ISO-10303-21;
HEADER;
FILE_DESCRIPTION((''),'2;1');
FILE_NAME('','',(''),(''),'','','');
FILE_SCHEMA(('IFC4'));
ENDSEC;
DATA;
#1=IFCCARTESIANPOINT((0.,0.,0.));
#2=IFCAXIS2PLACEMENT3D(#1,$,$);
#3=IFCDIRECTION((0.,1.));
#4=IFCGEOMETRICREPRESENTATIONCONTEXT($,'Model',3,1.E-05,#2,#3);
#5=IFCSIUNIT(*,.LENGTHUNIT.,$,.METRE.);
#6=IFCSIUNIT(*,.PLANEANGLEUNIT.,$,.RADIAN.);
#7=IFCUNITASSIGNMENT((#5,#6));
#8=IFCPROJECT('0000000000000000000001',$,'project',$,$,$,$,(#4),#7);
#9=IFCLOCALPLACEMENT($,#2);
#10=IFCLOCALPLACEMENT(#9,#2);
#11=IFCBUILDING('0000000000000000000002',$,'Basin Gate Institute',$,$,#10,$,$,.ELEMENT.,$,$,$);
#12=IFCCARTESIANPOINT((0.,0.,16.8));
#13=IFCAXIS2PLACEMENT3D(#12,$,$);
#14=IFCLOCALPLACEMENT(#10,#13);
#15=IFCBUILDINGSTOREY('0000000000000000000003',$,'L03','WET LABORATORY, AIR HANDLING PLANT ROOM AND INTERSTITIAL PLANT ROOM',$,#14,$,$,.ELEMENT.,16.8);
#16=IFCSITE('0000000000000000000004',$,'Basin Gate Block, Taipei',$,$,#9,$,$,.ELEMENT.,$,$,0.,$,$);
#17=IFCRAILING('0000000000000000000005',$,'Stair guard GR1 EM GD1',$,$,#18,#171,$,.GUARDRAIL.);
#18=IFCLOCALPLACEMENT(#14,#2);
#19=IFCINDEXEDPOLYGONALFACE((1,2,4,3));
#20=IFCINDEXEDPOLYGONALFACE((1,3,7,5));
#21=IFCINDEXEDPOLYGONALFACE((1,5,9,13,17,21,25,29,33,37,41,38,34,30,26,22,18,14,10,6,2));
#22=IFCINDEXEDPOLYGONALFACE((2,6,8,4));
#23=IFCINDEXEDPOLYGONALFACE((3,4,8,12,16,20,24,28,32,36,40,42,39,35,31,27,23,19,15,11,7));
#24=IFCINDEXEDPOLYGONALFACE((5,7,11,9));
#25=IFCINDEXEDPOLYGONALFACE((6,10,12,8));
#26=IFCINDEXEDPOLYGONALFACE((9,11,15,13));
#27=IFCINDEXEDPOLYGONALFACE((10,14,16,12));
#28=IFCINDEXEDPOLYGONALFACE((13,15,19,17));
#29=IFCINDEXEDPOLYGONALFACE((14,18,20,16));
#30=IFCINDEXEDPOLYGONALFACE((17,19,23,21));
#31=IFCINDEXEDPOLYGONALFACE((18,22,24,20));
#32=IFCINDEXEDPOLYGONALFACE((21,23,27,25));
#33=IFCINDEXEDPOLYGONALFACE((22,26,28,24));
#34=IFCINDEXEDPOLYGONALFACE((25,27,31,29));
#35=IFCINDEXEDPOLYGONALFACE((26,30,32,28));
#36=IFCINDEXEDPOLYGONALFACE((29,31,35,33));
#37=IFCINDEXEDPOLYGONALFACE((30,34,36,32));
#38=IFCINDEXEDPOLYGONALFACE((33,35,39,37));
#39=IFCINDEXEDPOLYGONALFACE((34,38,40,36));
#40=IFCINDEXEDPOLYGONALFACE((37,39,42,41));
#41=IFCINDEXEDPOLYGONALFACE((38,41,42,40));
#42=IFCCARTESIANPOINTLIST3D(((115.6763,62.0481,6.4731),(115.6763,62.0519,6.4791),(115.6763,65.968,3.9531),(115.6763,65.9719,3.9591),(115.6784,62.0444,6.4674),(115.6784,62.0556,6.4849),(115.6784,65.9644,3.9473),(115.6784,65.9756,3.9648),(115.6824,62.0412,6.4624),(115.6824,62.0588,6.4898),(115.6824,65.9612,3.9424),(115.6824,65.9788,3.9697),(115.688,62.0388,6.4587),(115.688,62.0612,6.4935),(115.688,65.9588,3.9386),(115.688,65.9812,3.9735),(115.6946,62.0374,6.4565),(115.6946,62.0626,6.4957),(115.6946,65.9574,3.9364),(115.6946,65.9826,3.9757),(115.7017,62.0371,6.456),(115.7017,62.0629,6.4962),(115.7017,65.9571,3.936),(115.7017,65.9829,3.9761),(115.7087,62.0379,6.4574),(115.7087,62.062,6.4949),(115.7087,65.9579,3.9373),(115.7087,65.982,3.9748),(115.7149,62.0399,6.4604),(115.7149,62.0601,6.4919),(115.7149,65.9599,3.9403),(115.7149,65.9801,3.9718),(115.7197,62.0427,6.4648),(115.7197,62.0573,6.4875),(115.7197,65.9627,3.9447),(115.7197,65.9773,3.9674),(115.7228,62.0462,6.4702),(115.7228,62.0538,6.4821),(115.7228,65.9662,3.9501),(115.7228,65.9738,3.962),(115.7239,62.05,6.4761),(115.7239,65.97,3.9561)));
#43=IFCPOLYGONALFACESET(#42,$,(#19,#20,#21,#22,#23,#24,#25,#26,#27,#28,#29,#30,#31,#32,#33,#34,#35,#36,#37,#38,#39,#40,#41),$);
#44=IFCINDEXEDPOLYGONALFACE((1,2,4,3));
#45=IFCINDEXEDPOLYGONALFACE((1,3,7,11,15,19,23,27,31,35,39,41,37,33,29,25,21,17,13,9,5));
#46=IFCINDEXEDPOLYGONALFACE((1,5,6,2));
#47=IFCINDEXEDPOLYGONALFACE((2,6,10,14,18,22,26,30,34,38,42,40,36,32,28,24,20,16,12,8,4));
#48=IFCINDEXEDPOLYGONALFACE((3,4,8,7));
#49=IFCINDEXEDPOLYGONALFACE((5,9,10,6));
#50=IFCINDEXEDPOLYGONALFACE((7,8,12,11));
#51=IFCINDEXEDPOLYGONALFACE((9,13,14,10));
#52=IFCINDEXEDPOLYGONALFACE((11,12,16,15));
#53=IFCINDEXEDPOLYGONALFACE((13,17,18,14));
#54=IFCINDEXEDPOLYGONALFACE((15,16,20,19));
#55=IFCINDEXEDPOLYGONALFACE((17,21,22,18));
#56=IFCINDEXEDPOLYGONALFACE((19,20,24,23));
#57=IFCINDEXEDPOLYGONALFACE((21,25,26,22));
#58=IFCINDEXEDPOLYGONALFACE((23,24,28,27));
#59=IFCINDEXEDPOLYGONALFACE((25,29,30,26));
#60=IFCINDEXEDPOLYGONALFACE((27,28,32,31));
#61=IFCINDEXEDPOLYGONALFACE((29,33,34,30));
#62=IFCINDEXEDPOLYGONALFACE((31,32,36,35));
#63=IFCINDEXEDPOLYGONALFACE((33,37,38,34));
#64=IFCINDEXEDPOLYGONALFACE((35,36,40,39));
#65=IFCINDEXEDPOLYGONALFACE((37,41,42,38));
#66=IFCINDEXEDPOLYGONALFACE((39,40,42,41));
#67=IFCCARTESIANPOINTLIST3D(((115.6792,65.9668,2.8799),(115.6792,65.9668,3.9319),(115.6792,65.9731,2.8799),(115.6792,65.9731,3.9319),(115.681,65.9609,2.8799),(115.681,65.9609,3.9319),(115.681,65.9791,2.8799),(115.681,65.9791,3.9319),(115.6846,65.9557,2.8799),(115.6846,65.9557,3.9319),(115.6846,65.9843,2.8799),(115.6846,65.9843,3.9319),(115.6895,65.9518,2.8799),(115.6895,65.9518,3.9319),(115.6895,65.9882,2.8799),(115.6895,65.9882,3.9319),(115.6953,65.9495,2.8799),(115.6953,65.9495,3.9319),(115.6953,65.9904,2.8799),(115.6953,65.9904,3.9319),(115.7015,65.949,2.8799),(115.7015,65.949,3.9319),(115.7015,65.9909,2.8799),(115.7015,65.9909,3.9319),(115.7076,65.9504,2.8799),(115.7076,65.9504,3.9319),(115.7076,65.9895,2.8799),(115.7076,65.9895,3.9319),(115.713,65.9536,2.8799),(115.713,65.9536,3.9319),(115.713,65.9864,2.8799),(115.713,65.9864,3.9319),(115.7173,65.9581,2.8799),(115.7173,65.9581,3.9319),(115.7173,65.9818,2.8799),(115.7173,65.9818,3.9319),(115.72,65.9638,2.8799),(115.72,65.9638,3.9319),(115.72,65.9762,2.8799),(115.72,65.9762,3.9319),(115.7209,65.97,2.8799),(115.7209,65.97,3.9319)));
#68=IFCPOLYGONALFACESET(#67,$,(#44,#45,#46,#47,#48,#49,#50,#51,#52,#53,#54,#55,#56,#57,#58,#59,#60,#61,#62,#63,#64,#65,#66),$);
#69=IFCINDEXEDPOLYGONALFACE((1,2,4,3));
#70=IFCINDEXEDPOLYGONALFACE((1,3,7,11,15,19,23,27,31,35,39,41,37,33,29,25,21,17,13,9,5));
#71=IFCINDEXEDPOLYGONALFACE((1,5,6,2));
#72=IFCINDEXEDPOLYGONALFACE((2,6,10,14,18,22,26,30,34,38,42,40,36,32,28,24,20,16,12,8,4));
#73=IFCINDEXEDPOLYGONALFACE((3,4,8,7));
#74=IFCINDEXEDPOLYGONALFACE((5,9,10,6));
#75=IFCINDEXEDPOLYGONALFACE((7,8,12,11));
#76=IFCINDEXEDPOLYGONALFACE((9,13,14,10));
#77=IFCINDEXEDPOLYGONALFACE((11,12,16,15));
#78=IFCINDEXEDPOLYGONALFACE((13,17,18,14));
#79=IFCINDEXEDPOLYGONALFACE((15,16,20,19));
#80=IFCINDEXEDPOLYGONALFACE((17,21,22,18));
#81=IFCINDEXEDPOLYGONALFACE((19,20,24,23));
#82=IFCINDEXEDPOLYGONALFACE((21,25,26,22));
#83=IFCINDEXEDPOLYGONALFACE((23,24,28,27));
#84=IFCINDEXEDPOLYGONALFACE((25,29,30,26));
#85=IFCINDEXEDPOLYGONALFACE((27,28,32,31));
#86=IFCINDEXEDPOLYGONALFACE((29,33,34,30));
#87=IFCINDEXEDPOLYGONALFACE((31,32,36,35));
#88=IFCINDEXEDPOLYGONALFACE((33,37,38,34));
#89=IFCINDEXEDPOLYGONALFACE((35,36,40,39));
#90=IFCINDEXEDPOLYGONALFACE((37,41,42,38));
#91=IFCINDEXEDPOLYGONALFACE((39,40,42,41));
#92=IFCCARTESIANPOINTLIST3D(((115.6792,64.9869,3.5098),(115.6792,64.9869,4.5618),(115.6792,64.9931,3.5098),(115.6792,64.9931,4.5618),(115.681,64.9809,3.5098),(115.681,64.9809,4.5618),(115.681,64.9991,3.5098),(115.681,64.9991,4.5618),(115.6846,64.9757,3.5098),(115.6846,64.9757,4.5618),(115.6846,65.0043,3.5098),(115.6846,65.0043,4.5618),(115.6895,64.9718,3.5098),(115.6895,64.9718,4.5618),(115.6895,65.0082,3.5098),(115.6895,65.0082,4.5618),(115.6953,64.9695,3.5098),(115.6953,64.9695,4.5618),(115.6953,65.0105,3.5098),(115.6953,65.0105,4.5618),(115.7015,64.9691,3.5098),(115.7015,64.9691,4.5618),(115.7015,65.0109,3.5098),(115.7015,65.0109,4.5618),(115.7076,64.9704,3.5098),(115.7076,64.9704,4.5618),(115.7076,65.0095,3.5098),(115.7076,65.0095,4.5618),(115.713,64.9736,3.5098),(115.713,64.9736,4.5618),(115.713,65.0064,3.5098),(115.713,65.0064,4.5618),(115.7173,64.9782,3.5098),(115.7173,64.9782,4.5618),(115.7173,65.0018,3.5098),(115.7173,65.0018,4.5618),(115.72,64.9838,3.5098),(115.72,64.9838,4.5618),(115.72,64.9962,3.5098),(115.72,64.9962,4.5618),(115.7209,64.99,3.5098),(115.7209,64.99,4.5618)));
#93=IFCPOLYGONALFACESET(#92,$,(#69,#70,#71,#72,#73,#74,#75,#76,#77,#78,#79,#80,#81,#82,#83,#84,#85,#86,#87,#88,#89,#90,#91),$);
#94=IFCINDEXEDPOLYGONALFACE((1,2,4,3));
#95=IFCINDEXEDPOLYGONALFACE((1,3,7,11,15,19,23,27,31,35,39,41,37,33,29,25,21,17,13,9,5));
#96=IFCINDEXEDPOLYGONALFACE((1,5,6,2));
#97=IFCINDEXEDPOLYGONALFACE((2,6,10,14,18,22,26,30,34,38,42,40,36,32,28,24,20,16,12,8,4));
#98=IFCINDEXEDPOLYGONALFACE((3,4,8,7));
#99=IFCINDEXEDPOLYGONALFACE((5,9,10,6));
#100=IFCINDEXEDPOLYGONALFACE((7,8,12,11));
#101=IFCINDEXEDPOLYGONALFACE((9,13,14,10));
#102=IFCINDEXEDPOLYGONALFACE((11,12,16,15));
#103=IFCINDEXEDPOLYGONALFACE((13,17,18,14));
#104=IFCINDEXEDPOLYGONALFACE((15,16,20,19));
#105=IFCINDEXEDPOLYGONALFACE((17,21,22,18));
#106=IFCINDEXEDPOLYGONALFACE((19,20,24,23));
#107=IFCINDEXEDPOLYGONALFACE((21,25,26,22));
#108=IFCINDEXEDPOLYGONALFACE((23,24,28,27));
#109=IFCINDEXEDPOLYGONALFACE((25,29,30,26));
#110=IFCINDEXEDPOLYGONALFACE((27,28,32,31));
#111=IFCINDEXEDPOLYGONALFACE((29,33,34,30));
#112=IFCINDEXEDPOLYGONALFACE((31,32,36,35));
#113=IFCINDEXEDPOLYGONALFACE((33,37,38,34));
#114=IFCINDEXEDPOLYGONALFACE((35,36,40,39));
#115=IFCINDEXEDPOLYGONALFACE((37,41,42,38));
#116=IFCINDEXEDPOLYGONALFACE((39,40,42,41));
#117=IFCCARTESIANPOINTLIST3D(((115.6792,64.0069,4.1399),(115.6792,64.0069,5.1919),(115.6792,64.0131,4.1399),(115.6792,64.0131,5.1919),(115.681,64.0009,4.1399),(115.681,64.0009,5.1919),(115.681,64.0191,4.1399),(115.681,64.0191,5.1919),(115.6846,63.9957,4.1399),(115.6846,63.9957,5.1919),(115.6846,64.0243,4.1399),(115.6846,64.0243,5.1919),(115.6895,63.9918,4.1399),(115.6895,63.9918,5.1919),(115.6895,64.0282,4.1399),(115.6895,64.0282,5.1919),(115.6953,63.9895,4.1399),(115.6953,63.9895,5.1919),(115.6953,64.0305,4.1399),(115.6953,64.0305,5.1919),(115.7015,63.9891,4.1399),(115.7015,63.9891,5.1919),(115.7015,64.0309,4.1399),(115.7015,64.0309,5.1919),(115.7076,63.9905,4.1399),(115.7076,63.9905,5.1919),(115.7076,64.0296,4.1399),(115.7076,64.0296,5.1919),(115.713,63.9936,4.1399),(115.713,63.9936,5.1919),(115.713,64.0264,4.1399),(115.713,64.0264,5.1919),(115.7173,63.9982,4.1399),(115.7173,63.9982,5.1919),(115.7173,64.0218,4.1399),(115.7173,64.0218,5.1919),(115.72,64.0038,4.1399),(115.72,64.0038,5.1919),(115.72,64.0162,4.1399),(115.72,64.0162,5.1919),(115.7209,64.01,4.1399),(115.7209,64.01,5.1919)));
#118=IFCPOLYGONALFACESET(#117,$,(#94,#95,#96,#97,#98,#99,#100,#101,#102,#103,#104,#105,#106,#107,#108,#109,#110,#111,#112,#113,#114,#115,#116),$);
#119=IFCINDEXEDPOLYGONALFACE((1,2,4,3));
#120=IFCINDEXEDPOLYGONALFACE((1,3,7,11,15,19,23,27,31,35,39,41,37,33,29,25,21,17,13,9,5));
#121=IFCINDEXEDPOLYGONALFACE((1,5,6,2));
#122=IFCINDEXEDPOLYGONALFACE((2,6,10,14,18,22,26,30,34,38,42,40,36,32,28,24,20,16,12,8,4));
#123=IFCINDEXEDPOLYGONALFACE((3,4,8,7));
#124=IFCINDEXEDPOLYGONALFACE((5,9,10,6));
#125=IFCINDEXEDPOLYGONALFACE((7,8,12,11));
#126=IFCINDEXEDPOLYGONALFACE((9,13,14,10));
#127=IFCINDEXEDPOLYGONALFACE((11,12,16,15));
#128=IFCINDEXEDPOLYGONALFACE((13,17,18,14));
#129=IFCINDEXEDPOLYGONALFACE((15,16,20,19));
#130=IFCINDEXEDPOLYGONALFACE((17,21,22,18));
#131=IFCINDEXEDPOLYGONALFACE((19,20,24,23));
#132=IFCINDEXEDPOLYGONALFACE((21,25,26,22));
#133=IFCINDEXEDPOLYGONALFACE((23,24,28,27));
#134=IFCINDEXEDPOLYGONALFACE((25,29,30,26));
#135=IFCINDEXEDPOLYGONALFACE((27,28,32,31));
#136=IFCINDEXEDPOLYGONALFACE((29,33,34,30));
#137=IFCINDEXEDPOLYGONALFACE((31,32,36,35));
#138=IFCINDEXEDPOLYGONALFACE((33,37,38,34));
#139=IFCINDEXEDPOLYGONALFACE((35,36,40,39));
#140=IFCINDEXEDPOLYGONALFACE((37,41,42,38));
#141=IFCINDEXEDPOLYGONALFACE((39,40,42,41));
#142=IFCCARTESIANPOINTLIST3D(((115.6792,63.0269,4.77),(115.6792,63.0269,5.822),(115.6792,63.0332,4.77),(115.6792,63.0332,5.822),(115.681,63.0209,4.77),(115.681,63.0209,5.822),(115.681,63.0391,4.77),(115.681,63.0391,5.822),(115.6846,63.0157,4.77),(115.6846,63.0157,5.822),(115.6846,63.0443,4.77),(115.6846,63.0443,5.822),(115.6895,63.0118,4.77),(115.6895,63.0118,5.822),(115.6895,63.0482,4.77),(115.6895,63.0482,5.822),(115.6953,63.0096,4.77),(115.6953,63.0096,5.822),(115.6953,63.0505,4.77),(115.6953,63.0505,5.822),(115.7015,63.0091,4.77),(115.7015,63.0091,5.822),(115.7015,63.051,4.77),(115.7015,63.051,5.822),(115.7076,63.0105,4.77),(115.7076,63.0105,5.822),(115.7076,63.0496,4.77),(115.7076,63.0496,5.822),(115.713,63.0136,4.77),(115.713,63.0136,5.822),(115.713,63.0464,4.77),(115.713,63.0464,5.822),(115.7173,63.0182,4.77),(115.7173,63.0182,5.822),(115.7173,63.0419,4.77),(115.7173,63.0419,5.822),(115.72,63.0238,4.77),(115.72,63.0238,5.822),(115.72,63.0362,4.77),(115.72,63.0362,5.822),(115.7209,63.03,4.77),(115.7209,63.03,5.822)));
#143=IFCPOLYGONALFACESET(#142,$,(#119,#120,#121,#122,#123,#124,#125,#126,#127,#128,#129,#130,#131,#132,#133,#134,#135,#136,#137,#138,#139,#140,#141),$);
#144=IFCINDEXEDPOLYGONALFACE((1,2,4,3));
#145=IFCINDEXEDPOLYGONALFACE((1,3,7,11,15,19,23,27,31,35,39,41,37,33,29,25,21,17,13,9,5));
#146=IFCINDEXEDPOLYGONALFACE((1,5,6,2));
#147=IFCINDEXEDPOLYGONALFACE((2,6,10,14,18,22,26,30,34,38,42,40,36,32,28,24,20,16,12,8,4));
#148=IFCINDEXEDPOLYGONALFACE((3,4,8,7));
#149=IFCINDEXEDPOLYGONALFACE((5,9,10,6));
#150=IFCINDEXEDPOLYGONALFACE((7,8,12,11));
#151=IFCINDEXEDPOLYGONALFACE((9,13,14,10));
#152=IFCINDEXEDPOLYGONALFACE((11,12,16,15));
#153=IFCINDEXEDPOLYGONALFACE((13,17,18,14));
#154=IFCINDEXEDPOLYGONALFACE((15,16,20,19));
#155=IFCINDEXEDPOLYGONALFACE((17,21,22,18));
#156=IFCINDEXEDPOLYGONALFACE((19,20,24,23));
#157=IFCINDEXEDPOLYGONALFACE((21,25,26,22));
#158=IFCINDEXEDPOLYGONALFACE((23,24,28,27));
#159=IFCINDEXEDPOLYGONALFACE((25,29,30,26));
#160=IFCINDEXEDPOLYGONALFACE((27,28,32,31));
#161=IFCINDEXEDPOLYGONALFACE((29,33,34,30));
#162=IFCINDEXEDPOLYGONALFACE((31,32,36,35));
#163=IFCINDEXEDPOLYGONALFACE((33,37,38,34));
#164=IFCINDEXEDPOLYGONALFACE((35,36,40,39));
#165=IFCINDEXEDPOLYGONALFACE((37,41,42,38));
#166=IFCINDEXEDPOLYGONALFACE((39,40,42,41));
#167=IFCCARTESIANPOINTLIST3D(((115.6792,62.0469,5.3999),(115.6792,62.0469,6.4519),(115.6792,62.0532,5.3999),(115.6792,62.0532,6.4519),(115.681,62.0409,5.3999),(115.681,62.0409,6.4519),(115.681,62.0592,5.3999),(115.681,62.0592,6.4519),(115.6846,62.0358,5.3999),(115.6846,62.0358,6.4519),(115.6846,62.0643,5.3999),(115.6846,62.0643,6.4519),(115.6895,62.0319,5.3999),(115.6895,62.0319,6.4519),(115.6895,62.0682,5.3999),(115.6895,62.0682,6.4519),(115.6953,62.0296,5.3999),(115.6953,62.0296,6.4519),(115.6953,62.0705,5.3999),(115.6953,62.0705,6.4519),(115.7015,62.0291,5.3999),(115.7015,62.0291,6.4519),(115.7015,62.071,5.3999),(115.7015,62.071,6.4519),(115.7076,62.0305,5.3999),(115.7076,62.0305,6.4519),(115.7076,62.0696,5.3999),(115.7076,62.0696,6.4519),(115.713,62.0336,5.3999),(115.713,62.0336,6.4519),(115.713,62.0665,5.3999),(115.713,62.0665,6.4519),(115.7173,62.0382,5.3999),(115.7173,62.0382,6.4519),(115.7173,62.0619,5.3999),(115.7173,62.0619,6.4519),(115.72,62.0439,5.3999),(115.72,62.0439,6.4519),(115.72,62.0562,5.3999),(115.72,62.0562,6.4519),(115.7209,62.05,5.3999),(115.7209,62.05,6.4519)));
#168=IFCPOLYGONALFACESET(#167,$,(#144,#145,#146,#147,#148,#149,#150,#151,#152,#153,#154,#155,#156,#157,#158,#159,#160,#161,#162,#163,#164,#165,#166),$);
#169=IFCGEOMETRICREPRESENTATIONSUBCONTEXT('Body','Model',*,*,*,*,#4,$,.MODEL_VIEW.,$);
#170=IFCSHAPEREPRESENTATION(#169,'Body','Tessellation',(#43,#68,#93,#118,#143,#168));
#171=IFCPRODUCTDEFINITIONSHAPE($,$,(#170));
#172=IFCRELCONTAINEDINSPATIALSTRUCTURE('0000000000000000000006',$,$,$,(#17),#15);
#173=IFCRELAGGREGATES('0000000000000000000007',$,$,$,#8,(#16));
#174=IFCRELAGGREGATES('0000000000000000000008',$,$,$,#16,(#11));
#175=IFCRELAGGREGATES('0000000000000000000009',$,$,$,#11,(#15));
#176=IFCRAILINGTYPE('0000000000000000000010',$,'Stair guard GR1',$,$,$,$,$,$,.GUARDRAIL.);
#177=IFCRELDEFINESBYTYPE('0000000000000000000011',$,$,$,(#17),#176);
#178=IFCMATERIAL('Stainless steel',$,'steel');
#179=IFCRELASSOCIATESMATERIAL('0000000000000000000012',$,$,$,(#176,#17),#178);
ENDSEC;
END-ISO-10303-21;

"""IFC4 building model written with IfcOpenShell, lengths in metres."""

from ifc_helpers import new_model, si_unit, direction, frame, origin, origin_2d, place, context, subcontext, project, spatial, circle, extrude, material, type_object, element, save


model = new_model("IFC4")

# Units and contexts
model_context = context("Model", 3, precision=1e-05, world=origin(), true_north=direction((0.0, 1.0)))
body_context = subcontext(model_context, "Body", "Model", "MODEL_VIEW")
ifc_project = project(units=[si_unit("LENGTHUNIT", "METRE"), si_unit("PLANEANGLEUNIT", "RADIAN")], contexts=[model_context])

# Site, building, storey
site_placement = place(None, origin())
site = spatial("IfcSite", under=ifc_project, at=site_placement, Name="Basin Gate Block, Taipei", CompositionType="ELEMENT", RefElevation=0.0)
building_placement = place(site_placement, origin())
building = spatial("IfcBuilding", under=site, at=building_placement, Name="Basin Gate Institute", CompositionType="ELEMENT")
storey_placement = place(building_placement, frame((0.0, 0.0, 16.8)))
storey = spatial("IfcBuildingStorey", under=building, at=storey_placement, Name="L03", Description="WET LABORATORY, AIR HANDLING PLANT ROOM AND INTERSTITIAL PLANT ROOM", CompositionType="ELEMENT", Elevation=16.8)

# Railing
ifc_material_1 = material(Name="Stainless steel", Category="steel")
railing_type_1 = type_object("IfcRailingType", Name="Stair guard GR1", PredefinedType="GUARDRAIL", material=ifc_material_1)
railing_1_placement = place(storey_placement, frame((115.7, 65.97, 2.8799)))
element("IfcRailing", 1, at=railing_1_placement, inside=storey, type_object=railing_type_1, material=ifc_material_1, Name="Stair guard GR1 EM GD1", PredefinedType="GUARDRAIL", context=body_context, shape_type="SweptSolid", body=[
    extrude(circle(Radius=0.0239, at=origin_2d()), frame((0.0, 0.0, 1.0762), z_axis=(0.0, -0.841172, 0.540768), x_axis=(1.0, 0.0, 0.0)), (0.0, 0.0, 1.0), 4.6602),
    extrude(circle(Radius=0.021, at=origin_2d()), origin(), (0.0, 0.0, 1.0), 1.052),
    extrude(circle(Radius=0.021, at=origin_2d()), frame((0.0, -0.98, 0.6299)), (0.0, 0.0, 1.0), 1.052),
    extrude(circle(Radius=0.021, at=origin_2d()), frame((0.0, -1.96, 1.26)), (0.0, 0.0, 1.0), 1.052),
    extrude(circle(Radius=0.021, at=origin_2d()), frame((0.0, -2.9399, 1.8901)), (0.0, 0.0, 1.0), 1.052),
    extrude(circle(Radius=0.021, at=origin_2d()), frame((0.0, -3.9199, 2.52)), (0.0, 0.0, 1.0), 1.052),
])

save(model, "model.ifc")
